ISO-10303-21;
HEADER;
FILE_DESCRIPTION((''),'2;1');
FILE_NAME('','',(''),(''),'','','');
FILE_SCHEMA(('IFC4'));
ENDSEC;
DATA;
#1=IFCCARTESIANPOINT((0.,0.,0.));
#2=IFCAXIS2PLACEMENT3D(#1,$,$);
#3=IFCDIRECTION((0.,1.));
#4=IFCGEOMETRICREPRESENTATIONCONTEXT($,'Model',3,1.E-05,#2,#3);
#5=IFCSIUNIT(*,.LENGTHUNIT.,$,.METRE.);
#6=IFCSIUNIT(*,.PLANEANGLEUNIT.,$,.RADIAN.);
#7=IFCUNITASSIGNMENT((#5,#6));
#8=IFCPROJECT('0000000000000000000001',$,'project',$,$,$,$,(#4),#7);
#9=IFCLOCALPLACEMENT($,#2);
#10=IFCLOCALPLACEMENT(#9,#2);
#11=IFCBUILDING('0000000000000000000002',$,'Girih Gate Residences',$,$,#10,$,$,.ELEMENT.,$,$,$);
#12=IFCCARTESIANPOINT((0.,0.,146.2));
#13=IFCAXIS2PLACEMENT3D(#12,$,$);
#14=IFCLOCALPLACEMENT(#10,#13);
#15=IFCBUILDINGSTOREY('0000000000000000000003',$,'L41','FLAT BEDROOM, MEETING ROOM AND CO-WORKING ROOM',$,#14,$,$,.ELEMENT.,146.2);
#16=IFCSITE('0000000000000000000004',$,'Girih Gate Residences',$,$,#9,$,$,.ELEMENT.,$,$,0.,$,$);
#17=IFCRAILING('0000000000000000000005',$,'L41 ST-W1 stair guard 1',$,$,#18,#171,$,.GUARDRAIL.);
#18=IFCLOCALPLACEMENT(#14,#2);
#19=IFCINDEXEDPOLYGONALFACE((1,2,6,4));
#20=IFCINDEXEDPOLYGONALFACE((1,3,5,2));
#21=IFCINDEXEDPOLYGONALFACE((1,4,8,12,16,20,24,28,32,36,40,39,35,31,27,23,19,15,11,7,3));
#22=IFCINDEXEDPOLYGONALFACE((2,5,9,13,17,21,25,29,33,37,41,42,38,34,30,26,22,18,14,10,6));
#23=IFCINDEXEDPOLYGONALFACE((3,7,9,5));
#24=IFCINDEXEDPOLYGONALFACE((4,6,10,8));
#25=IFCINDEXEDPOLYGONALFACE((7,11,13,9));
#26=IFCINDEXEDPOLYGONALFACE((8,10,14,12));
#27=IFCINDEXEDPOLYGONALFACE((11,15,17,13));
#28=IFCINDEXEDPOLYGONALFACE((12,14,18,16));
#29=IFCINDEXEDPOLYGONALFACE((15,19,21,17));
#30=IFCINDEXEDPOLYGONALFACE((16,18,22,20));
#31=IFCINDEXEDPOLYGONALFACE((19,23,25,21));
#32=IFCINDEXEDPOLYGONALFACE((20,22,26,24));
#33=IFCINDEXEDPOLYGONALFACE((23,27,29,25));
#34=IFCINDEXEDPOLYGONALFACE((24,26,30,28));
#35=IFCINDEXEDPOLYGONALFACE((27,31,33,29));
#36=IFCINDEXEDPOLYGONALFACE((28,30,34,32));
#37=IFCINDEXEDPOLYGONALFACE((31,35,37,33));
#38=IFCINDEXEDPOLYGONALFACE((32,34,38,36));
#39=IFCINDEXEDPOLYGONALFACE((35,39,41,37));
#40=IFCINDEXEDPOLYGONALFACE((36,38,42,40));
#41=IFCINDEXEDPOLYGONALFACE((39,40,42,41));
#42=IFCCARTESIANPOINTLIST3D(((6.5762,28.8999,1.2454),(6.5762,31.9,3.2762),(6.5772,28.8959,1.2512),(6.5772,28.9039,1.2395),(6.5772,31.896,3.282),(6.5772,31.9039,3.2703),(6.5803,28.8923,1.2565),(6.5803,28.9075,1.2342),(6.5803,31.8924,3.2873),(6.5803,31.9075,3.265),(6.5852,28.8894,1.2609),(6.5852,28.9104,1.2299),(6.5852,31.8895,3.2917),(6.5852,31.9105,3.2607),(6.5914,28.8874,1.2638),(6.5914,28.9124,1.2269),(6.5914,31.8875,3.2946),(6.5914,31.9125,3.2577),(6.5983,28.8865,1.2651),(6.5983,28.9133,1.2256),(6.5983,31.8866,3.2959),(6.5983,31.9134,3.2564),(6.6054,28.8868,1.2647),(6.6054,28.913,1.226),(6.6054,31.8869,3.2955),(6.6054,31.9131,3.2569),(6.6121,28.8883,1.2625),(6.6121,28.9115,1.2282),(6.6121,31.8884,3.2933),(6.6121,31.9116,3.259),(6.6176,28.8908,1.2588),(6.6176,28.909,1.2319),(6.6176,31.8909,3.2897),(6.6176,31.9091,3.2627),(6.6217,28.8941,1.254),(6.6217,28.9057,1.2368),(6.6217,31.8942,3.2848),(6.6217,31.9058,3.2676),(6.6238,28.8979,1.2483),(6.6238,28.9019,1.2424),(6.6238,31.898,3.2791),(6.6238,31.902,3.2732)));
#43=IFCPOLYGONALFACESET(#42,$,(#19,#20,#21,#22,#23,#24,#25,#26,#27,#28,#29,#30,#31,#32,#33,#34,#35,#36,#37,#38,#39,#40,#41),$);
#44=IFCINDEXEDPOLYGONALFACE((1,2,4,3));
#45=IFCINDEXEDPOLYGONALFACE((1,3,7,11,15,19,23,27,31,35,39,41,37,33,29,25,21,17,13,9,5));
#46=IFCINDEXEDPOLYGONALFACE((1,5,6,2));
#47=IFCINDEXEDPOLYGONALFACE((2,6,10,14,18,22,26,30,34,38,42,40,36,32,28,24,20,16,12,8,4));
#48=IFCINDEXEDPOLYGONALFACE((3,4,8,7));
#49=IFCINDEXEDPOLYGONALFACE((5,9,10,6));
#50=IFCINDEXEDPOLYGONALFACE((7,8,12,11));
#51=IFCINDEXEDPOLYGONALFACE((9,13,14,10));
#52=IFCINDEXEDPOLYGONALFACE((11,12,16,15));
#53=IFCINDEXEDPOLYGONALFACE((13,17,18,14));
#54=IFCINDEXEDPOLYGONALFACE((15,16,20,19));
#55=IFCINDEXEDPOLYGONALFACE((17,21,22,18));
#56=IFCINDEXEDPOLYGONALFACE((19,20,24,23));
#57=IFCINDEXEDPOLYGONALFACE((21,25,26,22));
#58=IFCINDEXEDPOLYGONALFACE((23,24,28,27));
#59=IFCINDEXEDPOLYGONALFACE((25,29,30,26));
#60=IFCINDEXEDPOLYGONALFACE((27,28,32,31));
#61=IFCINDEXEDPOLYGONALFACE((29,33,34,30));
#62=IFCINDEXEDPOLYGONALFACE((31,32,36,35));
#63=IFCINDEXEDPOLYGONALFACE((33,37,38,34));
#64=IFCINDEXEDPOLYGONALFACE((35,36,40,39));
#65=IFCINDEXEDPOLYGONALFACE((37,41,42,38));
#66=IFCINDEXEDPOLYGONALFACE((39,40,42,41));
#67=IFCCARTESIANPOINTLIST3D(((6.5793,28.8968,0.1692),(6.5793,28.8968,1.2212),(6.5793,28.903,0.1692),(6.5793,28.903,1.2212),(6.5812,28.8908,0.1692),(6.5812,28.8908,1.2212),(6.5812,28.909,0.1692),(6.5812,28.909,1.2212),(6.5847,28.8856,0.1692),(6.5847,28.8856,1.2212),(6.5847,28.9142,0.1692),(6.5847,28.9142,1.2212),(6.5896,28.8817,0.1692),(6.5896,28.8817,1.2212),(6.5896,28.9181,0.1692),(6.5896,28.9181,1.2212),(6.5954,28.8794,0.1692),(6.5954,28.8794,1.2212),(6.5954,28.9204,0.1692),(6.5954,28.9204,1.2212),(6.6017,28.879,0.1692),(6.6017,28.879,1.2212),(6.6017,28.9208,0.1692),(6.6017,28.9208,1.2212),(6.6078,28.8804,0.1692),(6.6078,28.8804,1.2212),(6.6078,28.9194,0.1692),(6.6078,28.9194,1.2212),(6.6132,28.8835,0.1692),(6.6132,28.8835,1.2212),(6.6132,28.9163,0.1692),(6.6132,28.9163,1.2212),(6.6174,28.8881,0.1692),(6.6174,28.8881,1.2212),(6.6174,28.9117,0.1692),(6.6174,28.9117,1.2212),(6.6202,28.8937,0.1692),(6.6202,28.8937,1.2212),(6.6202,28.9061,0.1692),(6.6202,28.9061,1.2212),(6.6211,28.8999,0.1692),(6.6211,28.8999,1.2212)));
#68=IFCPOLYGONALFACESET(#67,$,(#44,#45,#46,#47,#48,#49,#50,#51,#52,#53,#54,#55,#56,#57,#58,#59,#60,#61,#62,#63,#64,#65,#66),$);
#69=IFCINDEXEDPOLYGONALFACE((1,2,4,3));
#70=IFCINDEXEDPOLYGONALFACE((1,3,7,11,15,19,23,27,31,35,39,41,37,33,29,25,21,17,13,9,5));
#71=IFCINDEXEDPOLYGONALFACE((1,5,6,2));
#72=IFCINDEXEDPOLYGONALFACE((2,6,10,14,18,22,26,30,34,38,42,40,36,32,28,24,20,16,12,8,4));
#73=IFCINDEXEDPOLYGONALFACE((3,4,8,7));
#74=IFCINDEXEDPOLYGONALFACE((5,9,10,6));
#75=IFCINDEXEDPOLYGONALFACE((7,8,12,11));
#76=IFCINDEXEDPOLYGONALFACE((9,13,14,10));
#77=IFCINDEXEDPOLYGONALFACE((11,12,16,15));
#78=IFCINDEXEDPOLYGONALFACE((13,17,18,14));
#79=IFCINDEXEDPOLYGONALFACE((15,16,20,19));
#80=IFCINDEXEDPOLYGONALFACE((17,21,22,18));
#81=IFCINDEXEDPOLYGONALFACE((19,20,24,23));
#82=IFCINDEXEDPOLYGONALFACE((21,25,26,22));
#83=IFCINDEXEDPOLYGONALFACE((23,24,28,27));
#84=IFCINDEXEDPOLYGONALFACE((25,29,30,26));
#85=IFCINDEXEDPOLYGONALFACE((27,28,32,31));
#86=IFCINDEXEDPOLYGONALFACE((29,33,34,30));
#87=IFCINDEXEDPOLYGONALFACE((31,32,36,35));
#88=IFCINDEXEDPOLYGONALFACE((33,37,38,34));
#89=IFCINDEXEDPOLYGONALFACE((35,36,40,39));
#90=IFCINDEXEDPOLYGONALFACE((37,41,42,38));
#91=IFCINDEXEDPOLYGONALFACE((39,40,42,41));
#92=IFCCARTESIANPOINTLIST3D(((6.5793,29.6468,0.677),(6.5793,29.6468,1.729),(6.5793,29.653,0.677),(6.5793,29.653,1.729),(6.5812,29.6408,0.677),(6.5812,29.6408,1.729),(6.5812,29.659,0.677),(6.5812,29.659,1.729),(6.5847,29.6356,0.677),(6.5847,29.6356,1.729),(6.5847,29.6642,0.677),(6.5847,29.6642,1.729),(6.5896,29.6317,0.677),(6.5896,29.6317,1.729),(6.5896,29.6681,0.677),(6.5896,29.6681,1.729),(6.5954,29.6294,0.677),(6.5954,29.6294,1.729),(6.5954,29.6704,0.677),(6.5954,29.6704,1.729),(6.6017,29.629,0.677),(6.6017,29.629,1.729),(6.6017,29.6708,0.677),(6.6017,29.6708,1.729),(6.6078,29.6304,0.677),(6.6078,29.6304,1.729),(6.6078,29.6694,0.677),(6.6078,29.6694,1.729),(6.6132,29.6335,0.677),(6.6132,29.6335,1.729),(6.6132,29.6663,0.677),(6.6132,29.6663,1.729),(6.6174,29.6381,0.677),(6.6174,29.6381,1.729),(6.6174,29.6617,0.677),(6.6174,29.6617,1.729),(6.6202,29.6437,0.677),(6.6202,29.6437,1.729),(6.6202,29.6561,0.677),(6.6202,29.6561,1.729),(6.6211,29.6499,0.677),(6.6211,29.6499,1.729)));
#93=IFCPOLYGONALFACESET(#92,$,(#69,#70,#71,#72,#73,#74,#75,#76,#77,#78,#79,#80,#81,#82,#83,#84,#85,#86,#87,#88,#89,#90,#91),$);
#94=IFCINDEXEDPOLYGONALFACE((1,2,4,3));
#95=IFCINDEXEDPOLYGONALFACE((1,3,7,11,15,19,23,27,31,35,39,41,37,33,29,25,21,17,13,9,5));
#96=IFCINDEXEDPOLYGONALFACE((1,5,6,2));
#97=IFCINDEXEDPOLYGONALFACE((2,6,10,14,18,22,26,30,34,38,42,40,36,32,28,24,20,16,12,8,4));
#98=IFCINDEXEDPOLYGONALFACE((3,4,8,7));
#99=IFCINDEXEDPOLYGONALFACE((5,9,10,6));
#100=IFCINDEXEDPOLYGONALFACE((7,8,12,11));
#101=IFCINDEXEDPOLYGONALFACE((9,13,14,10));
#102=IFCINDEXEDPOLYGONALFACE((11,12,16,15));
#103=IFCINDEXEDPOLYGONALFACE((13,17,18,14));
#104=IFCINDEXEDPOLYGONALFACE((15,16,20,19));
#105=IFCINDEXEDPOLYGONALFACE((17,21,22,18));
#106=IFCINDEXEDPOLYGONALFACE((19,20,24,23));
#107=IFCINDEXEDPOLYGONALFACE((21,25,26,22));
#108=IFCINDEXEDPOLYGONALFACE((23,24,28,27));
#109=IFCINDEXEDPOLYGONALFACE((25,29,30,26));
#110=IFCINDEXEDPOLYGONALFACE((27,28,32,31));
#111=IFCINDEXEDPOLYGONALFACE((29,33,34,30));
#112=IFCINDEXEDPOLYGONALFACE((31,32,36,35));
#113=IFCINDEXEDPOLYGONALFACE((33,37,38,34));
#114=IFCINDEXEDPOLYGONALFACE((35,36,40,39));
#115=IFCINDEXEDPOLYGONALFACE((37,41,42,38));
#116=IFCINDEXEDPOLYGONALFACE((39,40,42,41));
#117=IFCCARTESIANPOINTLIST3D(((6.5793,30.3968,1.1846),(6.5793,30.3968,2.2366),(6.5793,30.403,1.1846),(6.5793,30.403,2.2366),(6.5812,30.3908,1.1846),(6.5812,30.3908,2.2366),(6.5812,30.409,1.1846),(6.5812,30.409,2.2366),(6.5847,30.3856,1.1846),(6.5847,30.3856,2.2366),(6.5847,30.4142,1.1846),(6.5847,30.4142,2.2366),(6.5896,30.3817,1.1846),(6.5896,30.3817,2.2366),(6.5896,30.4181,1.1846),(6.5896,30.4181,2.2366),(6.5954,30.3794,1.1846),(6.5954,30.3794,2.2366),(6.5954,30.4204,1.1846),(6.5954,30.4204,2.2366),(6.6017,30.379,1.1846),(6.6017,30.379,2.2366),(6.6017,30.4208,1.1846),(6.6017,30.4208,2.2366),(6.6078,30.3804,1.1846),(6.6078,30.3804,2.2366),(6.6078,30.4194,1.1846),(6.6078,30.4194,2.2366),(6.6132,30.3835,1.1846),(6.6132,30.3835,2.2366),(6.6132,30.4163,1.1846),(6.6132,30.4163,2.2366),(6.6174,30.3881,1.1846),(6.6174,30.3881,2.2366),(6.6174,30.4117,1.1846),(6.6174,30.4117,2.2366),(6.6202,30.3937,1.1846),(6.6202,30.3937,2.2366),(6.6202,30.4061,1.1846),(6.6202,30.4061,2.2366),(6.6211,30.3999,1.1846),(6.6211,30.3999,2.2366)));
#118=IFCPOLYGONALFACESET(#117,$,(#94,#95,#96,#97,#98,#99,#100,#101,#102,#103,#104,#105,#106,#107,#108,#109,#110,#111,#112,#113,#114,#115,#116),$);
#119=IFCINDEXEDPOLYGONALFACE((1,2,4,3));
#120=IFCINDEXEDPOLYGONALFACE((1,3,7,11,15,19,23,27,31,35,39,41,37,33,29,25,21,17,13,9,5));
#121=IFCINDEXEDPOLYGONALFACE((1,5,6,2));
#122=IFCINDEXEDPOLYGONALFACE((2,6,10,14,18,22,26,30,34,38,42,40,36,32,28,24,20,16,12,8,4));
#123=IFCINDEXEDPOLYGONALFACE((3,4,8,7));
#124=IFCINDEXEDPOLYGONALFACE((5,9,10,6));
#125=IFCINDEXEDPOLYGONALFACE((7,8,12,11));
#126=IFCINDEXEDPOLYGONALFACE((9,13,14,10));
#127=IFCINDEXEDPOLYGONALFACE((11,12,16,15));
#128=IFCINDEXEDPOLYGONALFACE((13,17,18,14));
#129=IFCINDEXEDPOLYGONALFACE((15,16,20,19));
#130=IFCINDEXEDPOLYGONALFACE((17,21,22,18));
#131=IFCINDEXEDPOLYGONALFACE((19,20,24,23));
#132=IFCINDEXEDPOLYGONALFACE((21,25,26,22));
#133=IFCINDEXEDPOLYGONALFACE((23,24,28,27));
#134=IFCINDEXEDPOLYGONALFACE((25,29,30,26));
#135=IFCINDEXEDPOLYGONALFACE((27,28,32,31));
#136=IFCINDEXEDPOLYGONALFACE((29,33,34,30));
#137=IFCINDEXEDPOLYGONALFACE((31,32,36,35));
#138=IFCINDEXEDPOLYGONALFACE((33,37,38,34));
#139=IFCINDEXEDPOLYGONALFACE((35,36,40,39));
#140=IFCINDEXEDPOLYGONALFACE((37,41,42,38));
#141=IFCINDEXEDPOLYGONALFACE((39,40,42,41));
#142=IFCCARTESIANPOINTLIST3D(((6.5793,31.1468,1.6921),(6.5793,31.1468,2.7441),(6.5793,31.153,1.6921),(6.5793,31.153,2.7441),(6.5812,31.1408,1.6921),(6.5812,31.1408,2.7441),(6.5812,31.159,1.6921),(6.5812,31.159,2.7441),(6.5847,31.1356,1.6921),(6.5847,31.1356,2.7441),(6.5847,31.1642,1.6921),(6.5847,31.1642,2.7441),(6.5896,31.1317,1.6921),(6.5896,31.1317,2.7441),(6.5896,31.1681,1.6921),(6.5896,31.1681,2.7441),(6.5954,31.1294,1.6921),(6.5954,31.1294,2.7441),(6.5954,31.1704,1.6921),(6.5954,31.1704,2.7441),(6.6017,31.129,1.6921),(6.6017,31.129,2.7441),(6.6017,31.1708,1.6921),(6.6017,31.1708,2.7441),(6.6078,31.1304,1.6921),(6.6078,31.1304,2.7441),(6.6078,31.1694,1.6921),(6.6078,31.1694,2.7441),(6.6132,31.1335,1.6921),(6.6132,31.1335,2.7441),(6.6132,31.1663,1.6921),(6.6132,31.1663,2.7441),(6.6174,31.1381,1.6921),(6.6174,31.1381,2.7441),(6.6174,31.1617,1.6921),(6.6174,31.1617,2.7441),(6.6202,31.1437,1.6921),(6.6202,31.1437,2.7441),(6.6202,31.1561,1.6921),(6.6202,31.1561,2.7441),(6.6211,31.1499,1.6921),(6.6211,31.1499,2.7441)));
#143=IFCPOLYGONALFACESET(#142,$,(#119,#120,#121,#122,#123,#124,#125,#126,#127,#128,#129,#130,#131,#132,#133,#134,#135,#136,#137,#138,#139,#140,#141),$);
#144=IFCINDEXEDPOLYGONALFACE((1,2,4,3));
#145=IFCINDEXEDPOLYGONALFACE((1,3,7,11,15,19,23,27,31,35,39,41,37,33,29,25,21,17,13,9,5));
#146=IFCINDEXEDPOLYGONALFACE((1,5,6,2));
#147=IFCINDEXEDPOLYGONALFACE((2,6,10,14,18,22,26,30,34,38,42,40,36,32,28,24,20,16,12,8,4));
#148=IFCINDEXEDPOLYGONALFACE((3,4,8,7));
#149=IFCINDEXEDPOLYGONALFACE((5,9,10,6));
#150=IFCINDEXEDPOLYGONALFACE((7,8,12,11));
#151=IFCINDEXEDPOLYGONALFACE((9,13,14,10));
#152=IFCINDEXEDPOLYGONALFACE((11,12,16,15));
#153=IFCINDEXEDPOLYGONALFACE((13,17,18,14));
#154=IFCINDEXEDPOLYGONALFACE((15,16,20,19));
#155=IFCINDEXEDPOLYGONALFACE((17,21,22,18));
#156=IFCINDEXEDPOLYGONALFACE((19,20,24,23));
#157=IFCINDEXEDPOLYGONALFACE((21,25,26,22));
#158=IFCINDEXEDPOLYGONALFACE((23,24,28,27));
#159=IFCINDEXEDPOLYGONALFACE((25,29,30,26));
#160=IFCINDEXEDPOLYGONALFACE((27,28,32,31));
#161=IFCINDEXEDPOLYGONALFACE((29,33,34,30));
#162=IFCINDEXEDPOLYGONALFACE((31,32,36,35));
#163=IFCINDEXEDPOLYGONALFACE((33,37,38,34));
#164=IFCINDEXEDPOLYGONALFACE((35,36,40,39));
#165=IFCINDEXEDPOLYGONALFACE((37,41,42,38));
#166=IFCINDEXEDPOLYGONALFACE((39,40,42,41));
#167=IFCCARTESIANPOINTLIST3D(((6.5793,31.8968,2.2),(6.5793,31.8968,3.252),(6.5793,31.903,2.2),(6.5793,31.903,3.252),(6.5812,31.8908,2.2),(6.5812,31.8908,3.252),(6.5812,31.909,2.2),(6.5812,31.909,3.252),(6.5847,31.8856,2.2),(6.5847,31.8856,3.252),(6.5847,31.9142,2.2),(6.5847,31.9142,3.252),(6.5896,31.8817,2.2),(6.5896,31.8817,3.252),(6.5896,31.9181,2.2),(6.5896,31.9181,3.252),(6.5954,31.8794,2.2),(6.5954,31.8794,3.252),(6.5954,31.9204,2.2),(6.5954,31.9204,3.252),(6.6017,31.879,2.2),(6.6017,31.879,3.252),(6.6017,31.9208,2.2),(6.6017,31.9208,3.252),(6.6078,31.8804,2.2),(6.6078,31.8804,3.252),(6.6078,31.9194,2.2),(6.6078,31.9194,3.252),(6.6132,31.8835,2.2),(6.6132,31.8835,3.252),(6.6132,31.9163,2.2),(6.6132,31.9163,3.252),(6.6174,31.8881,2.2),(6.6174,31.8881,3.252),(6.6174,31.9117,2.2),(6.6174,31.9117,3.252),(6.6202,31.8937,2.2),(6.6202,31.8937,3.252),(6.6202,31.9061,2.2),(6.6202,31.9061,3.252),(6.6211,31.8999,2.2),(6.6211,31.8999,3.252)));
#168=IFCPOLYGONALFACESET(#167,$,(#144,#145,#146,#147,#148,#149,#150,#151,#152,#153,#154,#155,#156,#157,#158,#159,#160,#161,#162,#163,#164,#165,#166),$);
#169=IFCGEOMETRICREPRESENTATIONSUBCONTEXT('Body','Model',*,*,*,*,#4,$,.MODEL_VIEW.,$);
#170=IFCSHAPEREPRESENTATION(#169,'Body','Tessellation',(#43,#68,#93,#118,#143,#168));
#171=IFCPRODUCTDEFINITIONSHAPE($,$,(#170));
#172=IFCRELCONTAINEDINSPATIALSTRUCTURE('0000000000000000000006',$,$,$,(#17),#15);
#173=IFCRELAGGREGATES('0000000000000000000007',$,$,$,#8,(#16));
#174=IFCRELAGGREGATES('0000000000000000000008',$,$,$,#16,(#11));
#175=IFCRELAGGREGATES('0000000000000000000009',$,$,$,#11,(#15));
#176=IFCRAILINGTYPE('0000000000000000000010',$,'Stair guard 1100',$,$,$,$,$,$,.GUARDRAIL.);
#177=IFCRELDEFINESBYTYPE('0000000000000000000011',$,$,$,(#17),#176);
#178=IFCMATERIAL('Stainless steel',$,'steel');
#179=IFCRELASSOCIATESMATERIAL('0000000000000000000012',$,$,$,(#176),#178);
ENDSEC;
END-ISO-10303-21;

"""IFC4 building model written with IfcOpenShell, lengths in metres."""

from ifc_helpers import new_model, si_unit, direction, frame, origin, origin_2d, place, context, subcontext, project, spatial, circle, extrude, material, type_object, element, save


model = new_model("IFC4")

# Units and contexts
model_context = context("Model", 3, precision=1e-05, world=origin(), true_north=direction((0.0, 1.0)))
body_context = subcontext(model_context, "Body", "Model", "MODEL_VIEW")
ifc_project = project(units=[si_unit("LENGTHUNIT", "METRE"), si_unit("PLANEANGLEUNIT", "RADIAN")], contexts=[model_context])

# Site, building, storey
site_placement = place(None, origin())
site = spatial("IfcSite", under=ifc_project, at=site_placement, Name="Girih Gate Residences", CompositionType="ELEMENT", RefElevation=0.0)
building_placement = place(site_placement, origin())
building = spatial("IfcBuilding", under=site, at=building_placement, Name="Girih Gate Residences", CompositionType="ELEMENT")
storey_placement = place(building_placement, frame((0.0, 0.0, 146.2)))
storey = spatial("IfcBuildingStorey", under=building, at=storey_placement, Name="L41", Description="FLAT BEDROOM, MEETING ROOM AND CO-WORKING ROOM", CompositionType="ELEMENT", Elevation=146.2)

# Railing
ifc_material_1 = material(Name="Stainless steel", Category="steel")
railing_type = type_object("IfcRailingType", Name="Stair guard 1100", PredefinedType="GUARDRAIL", material=ifc_material_1)
railing_placement = place(storey_placement, frame((6.6001, 28.8999, 0.1692)))
element("IfcRailing", 1, at=railing_placement, inside=storey, type_object=railing_type, Name="L41 ST-W1 stair guard 1", PredefinedType="GUARDRAIL", context=body_context, shape_type="SweptSolid", body=[
    extrude(circle(Radius=0.0239, at=origin_2d()), frame((0.0, 0.0, 1.0762), z_axis=(0.0, 0.82811, 0.560565), x_axis=(-1.0, 0.0, 0.0)), (0.0, 0.0, 1.0), 3.6228),
    extrude(circle(Radius=0.021, at=origin_2d()), origin(), (0.0, 0.0, 1.0), 1.052),
    extrude(circle(Radius=0.021, at=origin_2d()), frame((0.0, 0.75, 0.5078)), (0.0, 0.0, 1.0), 1.052),
    extrude(circle(Radius=0.021, at=origin_2d()), frame((0.0, 1.5, 1.0154)), (0.0, 0.0, 1.0), 1.052),
    extrude(circle(Radius=0.021, at=origin_2d()), frame((0.0, 2.25, 1.5229)), (0.0, 0.0, 1.0), 1.052),
    extrude(circle(Radius=0.021, at=origin_2d()), frame((0.0, 3.0, 2.0308)), (0.0, 0.0, 1.0), 1.052),
])

save(model, "model.ifc")
